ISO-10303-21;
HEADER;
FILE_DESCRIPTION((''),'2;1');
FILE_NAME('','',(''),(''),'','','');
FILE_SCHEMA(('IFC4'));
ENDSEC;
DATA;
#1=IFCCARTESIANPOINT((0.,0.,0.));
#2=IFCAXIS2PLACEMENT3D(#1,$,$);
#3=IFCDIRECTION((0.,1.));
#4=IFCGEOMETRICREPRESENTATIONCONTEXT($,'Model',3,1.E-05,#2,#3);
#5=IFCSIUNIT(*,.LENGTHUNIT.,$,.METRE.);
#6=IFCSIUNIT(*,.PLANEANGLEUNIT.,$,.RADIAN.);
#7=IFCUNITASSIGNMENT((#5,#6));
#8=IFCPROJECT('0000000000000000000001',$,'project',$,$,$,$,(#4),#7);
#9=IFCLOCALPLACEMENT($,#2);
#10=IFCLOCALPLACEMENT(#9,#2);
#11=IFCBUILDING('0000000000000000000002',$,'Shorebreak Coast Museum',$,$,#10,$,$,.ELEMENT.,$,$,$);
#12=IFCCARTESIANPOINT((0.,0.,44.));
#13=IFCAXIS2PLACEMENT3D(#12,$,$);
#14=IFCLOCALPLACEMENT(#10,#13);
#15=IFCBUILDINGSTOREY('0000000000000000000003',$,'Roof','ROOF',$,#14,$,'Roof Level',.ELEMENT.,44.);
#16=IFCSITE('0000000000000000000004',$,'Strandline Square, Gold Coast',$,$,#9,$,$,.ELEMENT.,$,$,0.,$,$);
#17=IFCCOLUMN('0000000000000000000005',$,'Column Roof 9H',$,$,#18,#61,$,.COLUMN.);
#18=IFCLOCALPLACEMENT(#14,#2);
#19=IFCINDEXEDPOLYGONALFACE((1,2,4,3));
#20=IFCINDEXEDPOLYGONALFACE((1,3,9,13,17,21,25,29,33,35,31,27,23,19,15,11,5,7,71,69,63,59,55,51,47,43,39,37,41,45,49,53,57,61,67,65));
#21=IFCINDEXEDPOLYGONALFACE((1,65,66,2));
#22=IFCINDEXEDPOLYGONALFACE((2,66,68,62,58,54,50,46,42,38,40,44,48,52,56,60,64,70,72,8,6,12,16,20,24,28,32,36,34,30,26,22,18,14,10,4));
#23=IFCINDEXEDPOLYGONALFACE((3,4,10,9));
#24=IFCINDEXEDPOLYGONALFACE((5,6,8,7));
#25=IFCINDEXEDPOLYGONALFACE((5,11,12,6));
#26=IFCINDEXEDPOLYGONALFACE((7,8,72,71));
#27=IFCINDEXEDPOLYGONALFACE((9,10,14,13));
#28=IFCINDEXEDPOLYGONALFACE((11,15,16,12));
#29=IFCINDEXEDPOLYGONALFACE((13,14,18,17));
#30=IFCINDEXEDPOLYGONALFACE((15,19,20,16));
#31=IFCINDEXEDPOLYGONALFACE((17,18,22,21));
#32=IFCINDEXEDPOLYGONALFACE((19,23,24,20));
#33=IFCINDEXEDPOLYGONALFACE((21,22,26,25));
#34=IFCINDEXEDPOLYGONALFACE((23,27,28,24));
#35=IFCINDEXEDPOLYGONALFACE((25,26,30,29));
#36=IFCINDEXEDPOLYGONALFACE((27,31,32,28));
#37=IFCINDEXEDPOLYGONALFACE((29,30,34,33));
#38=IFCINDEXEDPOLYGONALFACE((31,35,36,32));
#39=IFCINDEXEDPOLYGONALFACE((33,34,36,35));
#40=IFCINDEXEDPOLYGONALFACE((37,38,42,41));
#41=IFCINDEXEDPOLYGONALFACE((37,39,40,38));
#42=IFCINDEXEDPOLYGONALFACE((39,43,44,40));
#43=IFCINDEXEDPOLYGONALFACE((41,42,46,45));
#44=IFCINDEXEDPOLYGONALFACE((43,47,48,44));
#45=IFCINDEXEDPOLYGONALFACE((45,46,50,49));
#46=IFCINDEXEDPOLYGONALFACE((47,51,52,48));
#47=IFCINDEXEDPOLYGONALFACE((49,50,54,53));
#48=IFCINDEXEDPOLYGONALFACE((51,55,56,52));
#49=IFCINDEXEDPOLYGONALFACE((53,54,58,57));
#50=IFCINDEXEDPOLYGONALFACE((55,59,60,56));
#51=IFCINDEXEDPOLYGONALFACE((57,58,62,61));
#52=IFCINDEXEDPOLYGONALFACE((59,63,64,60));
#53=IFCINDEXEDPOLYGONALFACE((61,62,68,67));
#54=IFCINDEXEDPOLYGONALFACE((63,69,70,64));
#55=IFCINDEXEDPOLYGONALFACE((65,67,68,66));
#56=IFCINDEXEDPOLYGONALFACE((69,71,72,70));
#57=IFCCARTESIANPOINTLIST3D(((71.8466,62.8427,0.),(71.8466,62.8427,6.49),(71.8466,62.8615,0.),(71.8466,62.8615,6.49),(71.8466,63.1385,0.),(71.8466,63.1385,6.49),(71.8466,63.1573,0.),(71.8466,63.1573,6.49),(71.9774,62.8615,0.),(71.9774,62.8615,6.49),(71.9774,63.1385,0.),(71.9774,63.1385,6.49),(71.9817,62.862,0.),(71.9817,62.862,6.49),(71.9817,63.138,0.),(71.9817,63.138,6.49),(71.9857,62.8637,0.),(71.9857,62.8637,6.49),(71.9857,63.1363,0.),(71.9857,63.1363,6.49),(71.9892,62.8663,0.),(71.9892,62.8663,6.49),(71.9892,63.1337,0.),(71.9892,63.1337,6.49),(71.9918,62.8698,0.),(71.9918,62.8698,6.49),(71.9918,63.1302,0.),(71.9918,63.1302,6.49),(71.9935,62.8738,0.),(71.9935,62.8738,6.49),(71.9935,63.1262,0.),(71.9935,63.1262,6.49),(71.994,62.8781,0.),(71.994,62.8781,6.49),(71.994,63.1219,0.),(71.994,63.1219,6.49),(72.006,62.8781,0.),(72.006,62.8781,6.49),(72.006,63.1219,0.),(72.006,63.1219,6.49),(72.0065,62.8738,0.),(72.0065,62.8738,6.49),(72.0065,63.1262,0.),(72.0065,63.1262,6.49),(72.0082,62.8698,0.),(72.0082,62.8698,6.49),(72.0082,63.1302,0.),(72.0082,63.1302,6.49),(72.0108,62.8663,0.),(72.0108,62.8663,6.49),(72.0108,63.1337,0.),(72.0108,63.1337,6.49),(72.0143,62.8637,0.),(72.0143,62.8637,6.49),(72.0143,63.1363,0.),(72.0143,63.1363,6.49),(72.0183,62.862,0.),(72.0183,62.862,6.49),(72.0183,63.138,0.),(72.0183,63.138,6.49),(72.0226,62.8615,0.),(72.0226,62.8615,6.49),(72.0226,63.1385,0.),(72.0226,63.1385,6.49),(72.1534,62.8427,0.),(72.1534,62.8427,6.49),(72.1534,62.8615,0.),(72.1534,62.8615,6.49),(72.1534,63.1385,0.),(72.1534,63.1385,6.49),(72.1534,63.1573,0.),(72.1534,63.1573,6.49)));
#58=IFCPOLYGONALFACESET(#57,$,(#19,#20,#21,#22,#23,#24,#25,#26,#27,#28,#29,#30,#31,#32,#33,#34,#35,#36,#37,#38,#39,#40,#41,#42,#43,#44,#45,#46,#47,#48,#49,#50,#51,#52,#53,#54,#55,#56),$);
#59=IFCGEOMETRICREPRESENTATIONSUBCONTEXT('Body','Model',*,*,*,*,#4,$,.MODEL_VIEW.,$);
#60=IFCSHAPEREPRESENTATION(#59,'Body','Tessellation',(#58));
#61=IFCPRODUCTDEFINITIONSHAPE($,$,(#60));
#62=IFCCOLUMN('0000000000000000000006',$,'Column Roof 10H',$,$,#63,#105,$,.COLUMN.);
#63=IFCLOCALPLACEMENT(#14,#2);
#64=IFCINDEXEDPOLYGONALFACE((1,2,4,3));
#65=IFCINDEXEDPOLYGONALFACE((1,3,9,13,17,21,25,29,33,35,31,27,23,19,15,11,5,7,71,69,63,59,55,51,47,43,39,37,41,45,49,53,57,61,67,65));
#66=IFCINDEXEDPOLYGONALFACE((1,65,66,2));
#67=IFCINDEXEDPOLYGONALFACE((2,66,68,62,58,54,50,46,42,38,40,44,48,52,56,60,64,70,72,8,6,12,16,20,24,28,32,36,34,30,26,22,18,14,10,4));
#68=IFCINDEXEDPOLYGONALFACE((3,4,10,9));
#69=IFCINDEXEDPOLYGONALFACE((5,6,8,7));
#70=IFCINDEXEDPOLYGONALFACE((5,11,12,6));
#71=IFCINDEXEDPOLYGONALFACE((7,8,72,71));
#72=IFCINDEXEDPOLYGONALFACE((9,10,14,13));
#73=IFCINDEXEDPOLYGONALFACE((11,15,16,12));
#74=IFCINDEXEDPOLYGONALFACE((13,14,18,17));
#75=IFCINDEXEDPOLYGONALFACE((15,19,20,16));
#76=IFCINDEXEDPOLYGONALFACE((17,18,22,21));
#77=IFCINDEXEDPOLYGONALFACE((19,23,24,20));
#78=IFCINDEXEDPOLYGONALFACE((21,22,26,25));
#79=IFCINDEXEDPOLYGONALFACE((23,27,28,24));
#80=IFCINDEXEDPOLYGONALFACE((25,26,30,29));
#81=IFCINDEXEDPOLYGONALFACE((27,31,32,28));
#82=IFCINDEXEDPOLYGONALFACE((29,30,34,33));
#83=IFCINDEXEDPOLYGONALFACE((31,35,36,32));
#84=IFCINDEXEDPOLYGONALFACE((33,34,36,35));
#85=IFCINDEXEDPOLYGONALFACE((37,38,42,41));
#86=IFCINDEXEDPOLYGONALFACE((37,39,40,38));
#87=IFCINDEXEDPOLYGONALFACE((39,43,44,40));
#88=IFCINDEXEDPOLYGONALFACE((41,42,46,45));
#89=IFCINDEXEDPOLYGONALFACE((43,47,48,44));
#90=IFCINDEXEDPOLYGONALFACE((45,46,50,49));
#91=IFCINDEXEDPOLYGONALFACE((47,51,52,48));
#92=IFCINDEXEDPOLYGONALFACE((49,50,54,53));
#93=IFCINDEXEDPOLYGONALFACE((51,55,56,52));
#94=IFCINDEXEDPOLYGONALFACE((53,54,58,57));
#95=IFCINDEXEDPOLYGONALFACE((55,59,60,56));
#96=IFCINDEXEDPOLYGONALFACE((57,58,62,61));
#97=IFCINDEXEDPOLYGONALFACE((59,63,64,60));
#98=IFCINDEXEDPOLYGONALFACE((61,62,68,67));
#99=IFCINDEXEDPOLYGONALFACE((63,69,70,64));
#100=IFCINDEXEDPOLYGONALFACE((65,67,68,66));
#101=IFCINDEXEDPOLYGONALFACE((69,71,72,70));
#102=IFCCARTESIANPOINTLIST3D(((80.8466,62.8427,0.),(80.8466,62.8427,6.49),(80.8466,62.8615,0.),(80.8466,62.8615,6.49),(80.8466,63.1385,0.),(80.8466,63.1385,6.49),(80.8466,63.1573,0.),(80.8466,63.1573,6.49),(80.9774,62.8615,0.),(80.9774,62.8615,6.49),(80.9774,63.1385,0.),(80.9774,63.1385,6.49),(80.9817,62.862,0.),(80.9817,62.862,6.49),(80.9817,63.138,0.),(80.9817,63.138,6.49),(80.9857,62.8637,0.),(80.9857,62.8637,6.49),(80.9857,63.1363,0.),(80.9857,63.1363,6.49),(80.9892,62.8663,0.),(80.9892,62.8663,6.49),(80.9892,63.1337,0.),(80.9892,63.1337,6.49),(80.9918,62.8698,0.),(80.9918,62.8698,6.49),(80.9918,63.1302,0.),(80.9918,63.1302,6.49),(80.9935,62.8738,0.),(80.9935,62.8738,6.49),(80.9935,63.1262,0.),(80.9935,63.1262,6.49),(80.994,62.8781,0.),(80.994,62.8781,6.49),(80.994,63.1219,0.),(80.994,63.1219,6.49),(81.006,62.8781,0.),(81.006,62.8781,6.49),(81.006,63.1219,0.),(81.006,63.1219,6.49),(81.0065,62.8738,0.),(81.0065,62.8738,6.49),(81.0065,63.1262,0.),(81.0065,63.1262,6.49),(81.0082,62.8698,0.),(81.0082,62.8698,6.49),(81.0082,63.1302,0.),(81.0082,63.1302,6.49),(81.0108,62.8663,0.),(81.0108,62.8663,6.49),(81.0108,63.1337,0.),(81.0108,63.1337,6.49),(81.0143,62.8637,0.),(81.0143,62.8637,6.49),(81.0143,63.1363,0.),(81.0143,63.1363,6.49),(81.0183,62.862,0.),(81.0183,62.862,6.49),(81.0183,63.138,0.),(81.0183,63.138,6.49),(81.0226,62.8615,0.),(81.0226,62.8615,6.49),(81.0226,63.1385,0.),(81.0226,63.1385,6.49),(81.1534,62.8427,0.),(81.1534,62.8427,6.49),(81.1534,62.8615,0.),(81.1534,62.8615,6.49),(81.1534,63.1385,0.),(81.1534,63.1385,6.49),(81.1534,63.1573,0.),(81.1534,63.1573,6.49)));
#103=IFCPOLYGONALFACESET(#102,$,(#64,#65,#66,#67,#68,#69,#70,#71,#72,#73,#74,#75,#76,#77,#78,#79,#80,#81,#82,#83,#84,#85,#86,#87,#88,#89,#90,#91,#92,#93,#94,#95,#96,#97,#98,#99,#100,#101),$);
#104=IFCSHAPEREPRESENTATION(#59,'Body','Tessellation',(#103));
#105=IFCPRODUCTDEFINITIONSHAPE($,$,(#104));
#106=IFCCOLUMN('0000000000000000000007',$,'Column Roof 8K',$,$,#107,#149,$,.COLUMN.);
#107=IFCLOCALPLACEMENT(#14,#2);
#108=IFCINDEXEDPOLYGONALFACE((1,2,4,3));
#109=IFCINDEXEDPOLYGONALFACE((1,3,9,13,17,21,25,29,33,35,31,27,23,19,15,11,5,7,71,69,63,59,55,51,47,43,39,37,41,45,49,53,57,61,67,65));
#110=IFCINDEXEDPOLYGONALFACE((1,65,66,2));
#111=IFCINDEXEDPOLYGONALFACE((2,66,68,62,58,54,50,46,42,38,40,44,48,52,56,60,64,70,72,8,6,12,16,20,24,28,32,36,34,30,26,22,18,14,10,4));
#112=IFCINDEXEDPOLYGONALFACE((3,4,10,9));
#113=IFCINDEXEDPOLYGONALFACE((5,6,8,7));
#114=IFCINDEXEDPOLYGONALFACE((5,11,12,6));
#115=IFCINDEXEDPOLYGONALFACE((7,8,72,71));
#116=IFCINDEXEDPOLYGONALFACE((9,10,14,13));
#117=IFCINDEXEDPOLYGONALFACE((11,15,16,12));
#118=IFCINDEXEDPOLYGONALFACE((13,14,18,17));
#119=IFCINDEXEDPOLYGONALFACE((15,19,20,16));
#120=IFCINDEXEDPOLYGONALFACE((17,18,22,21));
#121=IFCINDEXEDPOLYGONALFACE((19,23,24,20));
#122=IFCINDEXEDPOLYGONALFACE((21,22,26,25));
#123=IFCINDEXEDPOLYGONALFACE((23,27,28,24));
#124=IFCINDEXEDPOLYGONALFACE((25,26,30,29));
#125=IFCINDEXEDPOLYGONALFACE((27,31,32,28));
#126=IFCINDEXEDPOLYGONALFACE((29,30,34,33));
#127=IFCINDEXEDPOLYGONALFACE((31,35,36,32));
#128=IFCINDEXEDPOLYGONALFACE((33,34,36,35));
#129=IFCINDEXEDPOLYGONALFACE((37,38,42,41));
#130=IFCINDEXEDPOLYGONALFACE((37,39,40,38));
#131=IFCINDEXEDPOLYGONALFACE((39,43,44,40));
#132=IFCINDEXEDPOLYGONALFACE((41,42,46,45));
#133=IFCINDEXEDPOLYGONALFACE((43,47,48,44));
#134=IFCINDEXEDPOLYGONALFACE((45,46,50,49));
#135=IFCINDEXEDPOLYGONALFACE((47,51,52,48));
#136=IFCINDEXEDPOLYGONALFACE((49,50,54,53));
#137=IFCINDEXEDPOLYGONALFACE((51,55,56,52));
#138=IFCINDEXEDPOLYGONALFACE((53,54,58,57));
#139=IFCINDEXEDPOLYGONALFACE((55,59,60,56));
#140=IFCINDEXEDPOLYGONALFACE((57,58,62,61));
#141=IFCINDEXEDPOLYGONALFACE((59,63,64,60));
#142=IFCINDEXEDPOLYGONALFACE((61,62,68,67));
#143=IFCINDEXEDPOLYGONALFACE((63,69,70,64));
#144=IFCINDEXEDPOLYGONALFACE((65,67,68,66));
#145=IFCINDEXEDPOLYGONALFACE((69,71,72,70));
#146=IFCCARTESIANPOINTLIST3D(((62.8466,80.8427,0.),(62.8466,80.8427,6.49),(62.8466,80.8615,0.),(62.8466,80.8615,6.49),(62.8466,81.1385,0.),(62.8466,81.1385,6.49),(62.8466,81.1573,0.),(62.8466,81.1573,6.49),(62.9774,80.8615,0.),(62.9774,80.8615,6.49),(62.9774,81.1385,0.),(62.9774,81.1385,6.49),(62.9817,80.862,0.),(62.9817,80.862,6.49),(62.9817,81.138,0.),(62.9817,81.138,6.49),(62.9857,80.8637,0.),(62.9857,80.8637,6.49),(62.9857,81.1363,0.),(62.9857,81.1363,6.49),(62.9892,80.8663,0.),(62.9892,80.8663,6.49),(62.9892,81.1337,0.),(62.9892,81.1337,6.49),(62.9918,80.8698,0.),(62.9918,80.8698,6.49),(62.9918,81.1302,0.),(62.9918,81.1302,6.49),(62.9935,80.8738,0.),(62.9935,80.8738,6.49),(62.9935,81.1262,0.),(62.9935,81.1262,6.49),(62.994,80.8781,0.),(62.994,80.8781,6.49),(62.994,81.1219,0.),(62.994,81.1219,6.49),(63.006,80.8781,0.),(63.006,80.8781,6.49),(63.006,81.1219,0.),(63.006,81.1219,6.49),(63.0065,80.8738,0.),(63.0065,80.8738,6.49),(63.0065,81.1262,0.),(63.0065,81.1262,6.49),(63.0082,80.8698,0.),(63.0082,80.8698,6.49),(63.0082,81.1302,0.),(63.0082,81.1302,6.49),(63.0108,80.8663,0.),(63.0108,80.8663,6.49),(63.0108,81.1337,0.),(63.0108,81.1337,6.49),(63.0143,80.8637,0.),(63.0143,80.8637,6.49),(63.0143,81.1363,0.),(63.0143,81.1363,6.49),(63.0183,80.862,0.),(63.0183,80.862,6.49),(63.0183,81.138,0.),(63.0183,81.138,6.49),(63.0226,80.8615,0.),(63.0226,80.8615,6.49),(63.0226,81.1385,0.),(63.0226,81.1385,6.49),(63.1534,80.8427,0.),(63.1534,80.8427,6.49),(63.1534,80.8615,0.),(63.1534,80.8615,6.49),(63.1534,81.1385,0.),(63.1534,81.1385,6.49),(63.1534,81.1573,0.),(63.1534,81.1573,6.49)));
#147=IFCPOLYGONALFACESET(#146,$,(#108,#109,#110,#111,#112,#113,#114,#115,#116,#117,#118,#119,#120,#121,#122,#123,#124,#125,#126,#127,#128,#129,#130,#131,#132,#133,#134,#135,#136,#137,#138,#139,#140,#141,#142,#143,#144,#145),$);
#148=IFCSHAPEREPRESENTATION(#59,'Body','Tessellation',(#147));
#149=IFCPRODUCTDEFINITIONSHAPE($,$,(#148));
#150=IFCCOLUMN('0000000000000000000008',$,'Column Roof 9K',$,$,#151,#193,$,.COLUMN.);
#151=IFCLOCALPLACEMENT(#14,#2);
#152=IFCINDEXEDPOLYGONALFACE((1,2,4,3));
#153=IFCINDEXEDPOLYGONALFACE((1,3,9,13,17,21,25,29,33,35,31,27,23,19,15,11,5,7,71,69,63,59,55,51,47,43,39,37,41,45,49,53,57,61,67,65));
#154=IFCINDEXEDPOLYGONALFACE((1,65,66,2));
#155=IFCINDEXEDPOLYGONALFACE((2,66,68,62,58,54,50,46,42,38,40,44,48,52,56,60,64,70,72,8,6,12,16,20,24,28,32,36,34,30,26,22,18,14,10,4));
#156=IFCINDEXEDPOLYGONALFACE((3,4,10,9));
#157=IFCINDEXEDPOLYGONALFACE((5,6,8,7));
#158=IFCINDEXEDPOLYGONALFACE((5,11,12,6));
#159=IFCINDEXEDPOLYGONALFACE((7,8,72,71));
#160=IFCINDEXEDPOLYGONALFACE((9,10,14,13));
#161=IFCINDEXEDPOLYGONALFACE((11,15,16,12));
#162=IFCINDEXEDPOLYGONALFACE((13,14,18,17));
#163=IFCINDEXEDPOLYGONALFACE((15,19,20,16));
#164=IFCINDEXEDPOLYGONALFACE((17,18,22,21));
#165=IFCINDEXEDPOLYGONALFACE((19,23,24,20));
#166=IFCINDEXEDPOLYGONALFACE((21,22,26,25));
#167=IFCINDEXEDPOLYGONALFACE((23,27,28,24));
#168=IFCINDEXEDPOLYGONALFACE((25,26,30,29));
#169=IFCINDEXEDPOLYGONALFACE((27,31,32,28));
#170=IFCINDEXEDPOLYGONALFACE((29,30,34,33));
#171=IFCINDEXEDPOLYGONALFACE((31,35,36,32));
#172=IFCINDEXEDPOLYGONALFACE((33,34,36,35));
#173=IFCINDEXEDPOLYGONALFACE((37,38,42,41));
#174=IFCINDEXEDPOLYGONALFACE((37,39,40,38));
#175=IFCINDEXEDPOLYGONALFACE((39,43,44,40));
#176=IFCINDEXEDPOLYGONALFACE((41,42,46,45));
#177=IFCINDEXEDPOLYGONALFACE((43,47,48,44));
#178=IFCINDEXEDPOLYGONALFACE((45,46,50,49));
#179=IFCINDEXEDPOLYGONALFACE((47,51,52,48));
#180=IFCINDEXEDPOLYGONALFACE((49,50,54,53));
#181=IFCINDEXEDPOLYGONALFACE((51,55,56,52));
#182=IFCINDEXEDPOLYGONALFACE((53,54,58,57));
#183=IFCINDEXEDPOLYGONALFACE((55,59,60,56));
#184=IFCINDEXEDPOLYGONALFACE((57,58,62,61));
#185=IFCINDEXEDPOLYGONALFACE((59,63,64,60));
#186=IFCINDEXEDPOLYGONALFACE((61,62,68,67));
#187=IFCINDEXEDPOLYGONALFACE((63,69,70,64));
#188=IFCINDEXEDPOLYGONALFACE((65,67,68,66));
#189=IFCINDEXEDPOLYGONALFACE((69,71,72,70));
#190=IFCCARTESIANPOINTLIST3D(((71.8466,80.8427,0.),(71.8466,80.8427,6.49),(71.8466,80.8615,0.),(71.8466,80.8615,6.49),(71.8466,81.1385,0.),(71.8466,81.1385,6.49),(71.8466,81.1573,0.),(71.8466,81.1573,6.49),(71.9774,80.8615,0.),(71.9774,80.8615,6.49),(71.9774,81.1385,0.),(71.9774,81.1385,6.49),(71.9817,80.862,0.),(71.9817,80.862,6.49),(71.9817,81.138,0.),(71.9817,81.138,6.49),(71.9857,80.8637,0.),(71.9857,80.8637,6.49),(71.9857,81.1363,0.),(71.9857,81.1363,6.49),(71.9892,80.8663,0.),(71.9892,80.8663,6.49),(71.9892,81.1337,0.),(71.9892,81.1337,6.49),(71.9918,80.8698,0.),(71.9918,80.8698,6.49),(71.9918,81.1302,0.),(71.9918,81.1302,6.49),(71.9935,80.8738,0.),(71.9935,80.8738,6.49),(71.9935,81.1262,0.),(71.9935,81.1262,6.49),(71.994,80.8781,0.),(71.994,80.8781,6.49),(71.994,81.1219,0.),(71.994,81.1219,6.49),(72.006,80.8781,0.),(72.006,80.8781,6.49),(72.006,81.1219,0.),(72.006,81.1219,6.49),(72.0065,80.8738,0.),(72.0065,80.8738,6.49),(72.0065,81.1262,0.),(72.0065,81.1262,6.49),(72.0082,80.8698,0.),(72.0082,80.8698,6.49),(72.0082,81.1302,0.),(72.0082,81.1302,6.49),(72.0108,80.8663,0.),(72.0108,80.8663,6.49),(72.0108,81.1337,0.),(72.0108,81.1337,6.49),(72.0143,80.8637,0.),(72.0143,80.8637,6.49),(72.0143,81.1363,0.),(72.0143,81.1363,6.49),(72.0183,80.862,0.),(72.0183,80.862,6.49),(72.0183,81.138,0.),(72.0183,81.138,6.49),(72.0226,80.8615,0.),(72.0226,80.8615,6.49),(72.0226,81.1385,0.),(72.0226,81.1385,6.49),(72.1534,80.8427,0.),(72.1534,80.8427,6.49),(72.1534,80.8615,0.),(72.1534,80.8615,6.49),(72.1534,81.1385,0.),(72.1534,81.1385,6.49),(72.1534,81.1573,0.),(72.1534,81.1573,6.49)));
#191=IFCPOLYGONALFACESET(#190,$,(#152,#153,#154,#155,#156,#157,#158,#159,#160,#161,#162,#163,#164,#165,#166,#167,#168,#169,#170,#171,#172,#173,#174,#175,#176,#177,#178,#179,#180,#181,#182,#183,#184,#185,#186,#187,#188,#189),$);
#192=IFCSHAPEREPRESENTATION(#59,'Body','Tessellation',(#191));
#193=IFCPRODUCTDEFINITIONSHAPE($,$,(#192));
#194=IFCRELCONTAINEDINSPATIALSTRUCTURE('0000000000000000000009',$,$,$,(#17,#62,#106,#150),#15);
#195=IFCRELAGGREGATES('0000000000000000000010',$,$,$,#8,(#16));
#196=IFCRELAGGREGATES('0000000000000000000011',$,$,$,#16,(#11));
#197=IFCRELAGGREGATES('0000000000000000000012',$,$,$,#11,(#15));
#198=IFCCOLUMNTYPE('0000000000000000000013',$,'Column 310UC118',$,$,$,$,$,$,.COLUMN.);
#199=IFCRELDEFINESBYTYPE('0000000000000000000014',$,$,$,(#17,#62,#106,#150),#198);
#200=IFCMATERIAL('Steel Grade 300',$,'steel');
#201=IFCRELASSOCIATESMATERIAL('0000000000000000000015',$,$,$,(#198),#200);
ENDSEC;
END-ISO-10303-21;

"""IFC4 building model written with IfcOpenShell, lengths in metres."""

from ifc_helpers import new_model, si_unit, direction, frame, origin, origin_2d, place, context, subcontext, project, spatial, i_section, extrude, material, material_profile, profile_set, type_object, element, save


model = new_model("IFC4")

# Units and contexts
model_context = context("Model", 3, precision=1e-05, world=origin(), true_north=direction((0.0, 1.0)))
body_context = subcontext(model_context, "Body", "Model", "MODEL_VIEW")
ifc_project = project(units=[si_unit("LENGTHUNIT", "METRE"), si_unit("PLANEANGLEUNIT", "RADIAN")], contexts=[model_context])

# Site, building, storey
site_placement = place(None, origin())
site = spatial("IfcSite", under=ifc_project, at=site_placement, Name="Strandline Square, Gold Coast", CompositionType="ELEMENT", RefElevation=0.0)
building_placement = place(site_placement, origin())
building = spatial("IfcBuilding", under=site, at=building_placement, Name="Shorebreak Coast Museum", CompositionType="ELEMENT")
storey_placement = place(building_placement, frame((0.0, 0.0, 44.0)))
storey = spatial("IfcBuildingStorey", under=building, at=storey_placement, Name="Roof", Description="ROOF", LongName="Roof Level", CompositionType="ELEMENT", Elevation=44.0)

# Columns
ifc_material_1 = material(Name="Steel Grade 300", Category="steel")
ifc_material_profile_1 = material_profile(ifc_material_1, i_section(OverallWidth=0.3069, OverallDepth=0.3147, WebThickness=0.012, FlangeThickness=0.0188, FilletRadius=0.0166, at=origin_2d()), Name="310UC118")
ifc_profile_set_1 = profile_set([ifc_material_profile_1], Name="Steel Grade 300")
column_type_1 = type_object("IfcColumnType", Name="Column 310UC118", PredefinedType="COLUMN", material=ifc_profile_set_1)
for number, where, z_axis, x_axis, name in (
    (1, (72.0, 63.0, 0.0), (0.0, 0.0, 1.0), (1.0, 0.0, 0.0), "Column Roof 9H"),
    (2, (81.0, 63.0, 0.0), (0.0, 0.0, 1.0), (1.0, 0.0, 0.0), "Column Roof 10H"),
    (3, (63.0, 81.0, 0.0), (0.0, 0.0, 1.0), (1.0, 0.0, 0.0), "Column Roof 8K"),
    (4, (72.0, 81.0, 0.0), (0.0, 0.0, 1.0), (1.0, 0.0, 0.0), "Column Roof 9K"),
):
    element("IfcColumn", number, at=place(storey_placement, frame(where, z_axis=z_axis, x_axis=x_axis)), inside=storey, type_object=column_type_1, Name=name, PredefinedType="COLUMN", context=body_context, shape_type="SweptSolid", body=[
        extrude(i_section(OverallWidth=0.3069, OverallDepth=0.3147, WebThickness=0.012, FlangeThickness=0.0188, FilletRadius=0.0166, at=origin_2d()), origin(), (0.0, 0.0, 1.0), 6.49),
    ])

save(model, "model.ifc")
